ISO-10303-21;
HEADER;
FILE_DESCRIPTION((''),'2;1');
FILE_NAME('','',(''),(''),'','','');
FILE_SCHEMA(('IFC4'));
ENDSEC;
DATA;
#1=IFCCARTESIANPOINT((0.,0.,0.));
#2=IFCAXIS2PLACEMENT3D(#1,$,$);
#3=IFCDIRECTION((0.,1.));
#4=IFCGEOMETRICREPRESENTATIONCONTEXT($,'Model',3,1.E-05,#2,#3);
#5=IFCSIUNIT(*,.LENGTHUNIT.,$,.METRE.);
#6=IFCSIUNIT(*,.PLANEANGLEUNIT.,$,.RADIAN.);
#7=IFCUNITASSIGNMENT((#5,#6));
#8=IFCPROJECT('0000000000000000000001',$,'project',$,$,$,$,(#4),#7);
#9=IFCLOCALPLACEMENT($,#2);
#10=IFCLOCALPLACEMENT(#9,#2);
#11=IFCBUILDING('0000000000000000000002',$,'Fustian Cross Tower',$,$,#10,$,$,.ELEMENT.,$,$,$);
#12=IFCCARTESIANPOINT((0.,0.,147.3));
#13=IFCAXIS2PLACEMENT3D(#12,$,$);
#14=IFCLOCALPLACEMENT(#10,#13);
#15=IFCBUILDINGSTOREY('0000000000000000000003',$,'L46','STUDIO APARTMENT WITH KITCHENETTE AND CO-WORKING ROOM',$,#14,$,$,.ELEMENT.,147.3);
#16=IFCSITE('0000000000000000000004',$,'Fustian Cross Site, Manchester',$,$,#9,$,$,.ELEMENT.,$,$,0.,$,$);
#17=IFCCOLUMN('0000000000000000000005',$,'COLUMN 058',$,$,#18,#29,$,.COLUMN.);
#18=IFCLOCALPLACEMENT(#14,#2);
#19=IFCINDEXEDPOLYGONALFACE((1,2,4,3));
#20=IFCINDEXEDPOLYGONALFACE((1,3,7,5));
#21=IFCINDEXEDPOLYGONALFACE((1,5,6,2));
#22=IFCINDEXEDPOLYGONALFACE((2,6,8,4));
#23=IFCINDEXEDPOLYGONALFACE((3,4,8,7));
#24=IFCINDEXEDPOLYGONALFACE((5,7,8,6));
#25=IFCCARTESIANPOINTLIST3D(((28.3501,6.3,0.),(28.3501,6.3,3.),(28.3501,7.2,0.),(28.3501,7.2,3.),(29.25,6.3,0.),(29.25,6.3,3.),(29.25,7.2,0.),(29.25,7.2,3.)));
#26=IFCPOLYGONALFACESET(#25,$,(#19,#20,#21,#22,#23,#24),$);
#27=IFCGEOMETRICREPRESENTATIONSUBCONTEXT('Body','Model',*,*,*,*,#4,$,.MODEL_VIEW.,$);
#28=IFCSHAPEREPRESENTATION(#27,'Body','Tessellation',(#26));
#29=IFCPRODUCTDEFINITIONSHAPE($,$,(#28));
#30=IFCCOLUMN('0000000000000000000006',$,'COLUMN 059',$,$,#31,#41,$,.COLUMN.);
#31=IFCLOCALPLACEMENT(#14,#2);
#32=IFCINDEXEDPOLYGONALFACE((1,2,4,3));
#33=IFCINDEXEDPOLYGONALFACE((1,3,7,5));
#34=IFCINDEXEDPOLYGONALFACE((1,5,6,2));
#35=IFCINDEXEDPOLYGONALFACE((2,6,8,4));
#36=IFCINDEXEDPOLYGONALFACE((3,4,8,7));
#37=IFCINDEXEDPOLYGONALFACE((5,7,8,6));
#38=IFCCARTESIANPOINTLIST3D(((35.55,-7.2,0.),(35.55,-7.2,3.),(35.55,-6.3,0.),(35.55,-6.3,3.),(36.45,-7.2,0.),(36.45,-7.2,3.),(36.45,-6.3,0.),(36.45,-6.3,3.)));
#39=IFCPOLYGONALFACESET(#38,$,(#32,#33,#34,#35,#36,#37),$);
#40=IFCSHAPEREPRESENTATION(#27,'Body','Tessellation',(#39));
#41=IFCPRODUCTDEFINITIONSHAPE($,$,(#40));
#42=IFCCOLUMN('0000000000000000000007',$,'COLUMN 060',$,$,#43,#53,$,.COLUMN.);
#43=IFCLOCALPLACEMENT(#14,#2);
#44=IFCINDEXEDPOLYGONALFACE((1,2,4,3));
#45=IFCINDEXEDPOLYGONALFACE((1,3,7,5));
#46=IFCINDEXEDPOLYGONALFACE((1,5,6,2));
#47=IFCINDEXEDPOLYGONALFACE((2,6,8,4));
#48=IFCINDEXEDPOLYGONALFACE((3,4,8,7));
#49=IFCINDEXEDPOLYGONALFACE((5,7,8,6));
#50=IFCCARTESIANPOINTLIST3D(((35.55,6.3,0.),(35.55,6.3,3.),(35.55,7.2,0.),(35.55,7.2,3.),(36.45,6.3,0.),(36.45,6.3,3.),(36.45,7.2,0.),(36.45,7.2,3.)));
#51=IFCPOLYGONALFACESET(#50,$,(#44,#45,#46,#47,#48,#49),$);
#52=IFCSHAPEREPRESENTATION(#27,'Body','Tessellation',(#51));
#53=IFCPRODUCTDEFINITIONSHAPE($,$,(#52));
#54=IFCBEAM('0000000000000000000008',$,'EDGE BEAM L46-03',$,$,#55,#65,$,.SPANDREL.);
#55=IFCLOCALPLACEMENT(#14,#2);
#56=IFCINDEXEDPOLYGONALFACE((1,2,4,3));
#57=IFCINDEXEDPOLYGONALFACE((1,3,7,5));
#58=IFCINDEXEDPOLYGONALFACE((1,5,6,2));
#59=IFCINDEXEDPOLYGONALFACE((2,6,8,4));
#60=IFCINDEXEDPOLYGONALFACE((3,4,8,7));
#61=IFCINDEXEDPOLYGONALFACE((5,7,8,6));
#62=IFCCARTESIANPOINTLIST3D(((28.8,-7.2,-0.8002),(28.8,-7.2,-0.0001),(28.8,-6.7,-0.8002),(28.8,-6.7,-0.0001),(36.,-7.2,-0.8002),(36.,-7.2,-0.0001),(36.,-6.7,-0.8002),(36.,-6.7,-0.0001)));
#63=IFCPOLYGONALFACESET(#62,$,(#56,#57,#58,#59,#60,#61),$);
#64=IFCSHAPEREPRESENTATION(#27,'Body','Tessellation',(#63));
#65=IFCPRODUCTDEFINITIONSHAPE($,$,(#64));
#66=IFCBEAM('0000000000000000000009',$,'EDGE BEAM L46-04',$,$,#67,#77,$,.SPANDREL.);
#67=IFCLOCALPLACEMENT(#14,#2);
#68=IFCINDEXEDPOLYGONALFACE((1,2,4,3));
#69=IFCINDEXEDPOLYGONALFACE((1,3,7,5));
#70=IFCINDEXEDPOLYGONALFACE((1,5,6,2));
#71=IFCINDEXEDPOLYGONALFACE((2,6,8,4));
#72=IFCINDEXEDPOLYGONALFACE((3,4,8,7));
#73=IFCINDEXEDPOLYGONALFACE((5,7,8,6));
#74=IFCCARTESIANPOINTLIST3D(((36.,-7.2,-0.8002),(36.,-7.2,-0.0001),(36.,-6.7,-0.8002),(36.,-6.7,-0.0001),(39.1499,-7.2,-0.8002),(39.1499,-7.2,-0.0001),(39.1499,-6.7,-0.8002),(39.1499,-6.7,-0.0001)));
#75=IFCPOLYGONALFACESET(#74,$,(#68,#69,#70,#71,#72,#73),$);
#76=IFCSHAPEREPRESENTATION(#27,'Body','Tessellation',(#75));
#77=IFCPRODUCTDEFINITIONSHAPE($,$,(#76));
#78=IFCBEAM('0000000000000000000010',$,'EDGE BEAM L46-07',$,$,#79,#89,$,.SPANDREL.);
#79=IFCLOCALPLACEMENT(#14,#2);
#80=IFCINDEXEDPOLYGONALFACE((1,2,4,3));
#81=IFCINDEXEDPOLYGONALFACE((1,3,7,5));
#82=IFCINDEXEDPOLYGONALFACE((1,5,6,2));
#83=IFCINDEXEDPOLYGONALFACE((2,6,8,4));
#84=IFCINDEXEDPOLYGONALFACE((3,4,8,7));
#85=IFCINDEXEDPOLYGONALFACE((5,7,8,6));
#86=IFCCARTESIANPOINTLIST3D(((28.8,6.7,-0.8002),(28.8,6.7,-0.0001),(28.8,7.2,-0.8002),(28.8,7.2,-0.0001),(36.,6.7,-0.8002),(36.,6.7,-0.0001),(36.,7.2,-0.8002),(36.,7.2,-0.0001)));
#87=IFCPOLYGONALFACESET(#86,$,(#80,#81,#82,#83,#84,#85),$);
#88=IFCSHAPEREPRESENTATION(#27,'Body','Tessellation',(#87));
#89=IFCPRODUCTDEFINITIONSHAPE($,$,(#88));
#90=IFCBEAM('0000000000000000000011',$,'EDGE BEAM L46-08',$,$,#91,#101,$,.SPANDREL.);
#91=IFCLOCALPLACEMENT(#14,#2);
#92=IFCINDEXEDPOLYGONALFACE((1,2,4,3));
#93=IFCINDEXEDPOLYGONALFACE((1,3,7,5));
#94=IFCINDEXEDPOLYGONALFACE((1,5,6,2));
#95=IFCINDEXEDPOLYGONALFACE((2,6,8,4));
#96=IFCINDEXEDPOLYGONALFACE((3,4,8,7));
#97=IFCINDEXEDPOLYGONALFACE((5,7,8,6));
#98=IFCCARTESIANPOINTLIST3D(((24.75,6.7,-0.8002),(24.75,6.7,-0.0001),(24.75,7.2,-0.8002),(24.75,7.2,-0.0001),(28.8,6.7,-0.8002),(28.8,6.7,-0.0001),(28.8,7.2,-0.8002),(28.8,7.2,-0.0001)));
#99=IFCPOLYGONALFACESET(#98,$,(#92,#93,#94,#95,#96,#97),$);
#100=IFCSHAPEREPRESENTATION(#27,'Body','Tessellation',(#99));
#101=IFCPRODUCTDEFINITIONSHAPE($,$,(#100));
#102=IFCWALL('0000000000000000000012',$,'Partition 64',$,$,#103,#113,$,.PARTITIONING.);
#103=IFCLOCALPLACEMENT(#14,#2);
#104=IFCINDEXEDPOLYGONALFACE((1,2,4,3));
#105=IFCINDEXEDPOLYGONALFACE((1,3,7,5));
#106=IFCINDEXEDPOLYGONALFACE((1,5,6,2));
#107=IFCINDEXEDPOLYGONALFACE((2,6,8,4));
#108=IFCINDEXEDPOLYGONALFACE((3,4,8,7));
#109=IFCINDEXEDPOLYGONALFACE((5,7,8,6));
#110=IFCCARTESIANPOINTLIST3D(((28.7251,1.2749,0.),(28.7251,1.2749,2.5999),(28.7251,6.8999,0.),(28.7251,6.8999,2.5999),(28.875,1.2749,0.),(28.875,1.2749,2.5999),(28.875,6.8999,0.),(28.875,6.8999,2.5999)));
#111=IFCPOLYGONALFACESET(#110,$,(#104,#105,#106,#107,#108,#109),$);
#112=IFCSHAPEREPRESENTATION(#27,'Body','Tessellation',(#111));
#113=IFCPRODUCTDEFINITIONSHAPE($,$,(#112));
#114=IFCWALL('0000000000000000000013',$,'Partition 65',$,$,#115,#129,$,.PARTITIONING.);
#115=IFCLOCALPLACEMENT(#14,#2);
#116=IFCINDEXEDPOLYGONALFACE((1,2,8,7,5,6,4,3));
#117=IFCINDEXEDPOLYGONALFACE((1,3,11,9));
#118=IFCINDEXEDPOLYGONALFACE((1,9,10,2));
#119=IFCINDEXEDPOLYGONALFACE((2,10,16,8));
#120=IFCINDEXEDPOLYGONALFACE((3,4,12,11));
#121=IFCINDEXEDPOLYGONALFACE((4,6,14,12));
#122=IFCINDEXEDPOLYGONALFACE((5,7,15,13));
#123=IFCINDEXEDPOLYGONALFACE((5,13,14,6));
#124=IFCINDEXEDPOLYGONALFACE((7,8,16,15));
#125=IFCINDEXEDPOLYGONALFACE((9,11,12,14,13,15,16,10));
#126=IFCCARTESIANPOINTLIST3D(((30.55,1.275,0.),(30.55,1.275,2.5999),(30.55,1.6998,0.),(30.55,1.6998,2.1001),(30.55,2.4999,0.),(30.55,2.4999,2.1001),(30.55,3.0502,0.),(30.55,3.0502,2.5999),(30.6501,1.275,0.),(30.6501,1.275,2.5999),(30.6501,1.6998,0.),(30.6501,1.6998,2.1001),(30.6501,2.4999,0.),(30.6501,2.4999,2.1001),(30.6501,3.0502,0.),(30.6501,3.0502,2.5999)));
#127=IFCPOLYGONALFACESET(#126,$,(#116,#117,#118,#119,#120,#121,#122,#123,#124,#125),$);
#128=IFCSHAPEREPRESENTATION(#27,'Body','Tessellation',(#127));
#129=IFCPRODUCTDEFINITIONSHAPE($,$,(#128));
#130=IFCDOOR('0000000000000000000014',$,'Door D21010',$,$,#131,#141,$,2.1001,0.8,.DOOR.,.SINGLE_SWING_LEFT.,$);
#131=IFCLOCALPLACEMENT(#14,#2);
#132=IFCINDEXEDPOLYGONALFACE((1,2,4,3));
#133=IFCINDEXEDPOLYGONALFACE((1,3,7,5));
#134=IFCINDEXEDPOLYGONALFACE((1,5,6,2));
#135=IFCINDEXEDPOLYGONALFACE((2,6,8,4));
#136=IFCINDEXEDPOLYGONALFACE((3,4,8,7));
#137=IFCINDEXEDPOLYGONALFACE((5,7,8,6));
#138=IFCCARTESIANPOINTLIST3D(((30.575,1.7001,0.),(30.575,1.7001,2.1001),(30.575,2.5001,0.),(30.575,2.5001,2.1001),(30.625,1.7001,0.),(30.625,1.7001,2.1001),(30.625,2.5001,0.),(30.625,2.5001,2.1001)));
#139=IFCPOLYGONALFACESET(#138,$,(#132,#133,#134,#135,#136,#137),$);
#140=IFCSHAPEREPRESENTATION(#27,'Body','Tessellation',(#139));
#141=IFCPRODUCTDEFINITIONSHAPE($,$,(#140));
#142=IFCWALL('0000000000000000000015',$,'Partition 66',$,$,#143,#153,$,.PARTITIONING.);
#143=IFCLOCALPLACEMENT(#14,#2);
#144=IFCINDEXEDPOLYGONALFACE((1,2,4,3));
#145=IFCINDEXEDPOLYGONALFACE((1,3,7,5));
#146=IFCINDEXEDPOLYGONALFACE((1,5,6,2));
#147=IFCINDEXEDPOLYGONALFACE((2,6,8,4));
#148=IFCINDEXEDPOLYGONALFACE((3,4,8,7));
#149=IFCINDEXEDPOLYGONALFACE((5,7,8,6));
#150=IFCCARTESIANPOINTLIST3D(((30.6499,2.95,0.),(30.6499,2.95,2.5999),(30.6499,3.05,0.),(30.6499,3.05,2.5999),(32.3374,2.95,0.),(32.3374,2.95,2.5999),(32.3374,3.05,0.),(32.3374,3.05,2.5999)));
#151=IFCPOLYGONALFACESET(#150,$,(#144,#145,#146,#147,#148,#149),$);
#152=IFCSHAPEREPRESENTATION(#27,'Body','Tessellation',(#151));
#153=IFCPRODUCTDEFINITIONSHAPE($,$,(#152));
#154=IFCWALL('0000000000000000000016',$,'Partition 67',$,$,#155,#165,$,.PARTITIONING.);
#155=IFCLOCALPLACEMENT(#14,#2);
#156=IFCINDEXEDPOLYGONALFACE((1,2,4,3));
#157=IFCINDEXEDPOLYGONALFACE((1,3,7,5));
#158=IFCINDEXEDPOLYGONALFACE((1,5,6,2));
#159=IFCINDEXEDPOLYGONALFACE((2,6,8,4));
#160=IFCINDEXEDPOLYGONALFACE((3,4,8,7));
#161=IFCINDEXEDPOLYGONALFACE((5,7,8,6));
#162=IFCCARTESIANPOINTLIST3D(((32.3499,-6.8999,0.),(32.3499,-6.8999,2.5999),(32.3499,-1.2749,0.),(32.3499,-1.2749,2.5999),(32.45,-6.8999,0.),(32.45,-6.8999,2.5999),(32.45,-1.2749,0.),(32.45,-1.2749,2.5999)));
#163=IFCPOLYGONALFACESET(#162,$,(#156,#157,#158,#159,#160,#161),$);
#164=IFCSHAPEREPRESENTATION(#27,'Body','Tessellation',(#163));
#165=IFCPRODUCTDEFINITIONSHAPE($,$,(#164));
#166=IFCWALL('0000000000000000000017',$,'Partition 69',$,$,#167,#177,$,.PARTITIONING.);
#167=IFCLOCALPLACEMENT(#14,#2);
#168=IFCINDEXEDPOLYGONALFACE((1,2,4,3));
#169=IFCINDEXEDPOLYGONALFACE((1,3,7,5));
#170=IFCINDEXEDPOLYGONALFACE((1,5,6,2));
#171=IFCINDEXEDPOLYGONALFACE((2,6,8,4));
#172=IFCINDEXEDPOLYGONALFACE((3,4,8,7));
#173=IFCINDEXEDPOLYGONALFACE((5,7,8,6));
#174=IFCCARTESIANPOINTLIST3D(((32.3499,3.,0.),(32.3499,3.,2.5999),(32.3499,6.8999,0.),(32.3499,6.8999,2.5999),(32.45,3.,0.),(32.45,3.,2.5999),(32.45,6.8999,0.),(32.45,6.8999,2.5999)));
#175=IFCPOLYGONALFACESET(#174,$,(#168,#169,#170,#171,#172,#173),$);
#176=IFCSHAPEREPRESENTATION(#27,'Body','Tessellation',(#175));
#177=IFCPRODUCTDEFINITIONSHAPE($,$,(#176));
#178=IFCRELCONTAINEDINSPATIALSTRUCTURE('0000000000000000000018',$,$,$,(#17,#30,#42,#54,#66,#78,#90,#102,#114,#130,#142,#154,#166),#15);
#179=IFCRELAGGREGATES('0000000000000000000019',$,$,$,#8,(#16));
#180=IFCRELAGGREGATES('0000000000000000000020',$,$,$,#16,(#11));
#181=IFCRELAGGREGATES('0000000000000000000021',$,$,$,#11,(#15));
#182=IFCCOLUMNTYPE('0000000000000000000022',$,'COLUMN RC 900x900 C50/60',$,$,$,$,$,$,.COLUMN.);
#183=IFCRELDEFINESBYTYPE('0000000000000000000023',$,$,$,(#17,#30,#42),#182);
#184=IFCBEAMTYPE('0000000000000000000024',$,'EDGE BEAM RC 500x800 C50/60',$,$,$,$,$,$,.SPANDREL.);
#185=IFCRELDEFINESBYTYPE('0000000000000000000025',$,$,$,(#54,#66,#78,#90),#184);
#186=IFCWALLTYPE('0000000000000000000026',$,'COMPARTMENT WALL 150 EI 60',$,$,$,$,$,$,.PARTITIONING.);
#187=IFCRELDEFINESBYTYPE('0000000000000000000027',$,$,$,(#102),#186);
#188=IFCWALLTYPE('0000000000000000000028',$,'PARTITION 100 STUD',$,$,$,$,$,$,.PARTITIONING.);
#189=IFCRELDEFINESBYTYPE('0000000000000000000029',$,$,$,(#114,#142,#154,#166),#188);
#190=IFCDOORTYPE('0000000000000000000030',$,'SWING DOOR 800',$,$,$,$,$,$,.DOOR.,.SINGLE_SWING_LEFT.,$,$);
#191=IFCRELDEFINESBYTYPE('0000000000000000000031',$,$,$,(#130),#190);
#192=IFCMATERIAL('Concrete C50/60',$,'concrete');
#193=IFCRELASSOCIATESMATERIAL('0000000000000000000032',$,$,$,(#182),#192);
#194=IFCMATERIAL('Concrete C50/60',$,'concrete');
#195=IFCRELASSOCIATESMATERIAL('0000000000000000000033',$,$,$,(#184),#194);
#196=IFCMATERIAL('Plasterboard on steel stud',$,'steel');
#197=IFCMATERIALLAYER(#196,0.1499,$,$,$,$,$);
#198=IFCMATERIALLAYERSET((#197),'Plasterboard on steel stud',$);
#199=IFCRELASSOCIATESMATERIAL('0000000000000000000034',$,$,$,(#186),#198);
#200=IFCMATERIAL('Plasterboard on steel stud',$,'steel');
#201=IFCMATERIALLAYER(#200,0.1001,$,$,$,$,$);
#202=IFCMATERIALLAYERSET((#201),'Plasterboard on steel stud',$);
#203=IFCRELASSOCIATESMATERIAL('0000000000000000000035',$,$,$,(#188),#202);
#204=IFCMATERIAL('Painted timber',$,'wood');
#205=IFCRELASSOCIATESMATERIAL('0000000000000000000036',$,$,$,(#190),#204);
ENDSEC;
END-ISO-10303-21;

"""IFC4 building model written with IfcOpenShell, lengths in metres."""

from ifc_helpers import new_model, si_unit, direction, frame, frame_2d, origin, origin_2d, place, context, subcontext, project, spatial, rectangle, extrude, material, layer, layer_set, material_profile, profile_set, type_object, element, fill, save


model = new_model("IFC4")

# Units and contexts
model_context = context("Model", 3, precision=1e-05, world=origin(), true_north=direction((0.0, 1.0)))
body_context = subcontext(model_context, "Body", "Model", "MODEL_VIEW")
ifc_project = project(units=[si_unit("LENGTHUNIT", "METRE"), si_unit("PLANEANGLEUNIT", "RADIAN")], contexts=[model_context])

# Site, building, storey
site_placement = place(None, origin())
site = spatial("IfcSite", under=ifc_project, at=site_placement, Name="Fustian Cross Site, Manchester", CompositionType="ELEMENT", RefElevation=0.0)
building_placement = place(site_placement, origin())
building = spatial("IfcBuilding", under=site, at=building_placement, Name="Fustian Cross Tower", CompositionType="ELEMENT")
storey_placement = place(building_placement, frame((0.0, 0.0, 147.3)))
storey = spatial("IfcBuildingStorey", under=building, at=storey_placement, Name="L46", Description="STUDIO APARTMENT WITH KITCHENETTE AND CO-WORKING ROOM", CompositionType="ELEMENT", Elevation=147.3)

# Columns
ifc_material_1 = material(Name="Concrete C50/60", Category="concrete")
ifc_material_profile_1 = material_profile(ifc_material_1, rectangle(XDim=0.8999, YDim=0.8999, at=origin_2d()), Name="RC 900x900")
ifc_profile_set_1 = profile_set([ifc_material_profile_1], Name="Concrete C50/60")
column_type = type_object("IfcColumnType", Name="COLUMN RC 900x900 C50/60", PredefinedType="COLUMN", material=ifc_profile_set_1)
for number, where, z_axis, x_axis, name in (
    (1, (28.8, 6.75, 0.0), (0.0, 0.0, 1.0), (1.0, 0.0, 0.0), "COLUMN 058"),
    (2, (36.0, -6.75, 0.0), (0.0, 0.0, 1.0), (1.0, 0.0, 0.0), "COLUMN 059"),
    (3, (36.0, 6.75, 0.0), (0.0, 0.0, 1.0), (1.0, 0.0, 0.0), "COLUMN 060"),
):
    element("IfcColumn", number, at=place(storey_placement, frame(where, z_axis=z_axis, x_axis=x_axis)), inside=storey, type_object=column_type, Name=name, PredefinedType="COLUMN", context=body_context, shape_type="SweptSolid", body=[
        extrude(rectangle(XDim=0.8999, YDim=0.8999, at=origin_2d()), origin(), (0.0, 0.0, 1.0), 3.0),
    ])

# Beams
ifc_material_2 = material(Name="Concrete C50/60", Category="concrete")
ifc_material_profile_2 = material_profile(ifc_material_2, rectangle(XDim=0.5, YDim=0.8, at=origin_2d()), Name="RC 500x800")
ifc_profile_set_2 = profile_set([ifc_material_profile_2], Name="Concrete C50/60")
beam_type = type_object("IfcBeamType", Name="EDGE BEAM RC 500x800 C50/60", PredefinedType="SPANDREL", material=ifc_profile_set_2)
beam_1_placement = place(storey_placement, frame((28.8, -6.95, -0.4001), z_axis=(1.0, 0.0, 0.0), x_axis=(0.0, 1.0, 0.0)))
element("IfcBeam", 4, at=beam_1_placement, inside=storey, type_object=beam_type, Name="EDGE BEAM L46-03", PredefinedType="SPANDREL", context=body_context, shape_type="SweptSolid", body=[
    extrude(rectangle(XDim=0.5, YDim=0.8, at=origin_2d()), origin(), (0.0, 0.0, 1.0), 7.2),
])
beam_2_placement = place(storey_placement, frame((36.0, -6.95, -0.4001), z_axis=(1.0, 0.0, 0.0), x_axis=(0.0, 1.0, 0.0)))
element("IfcBeam", 5, at=beam_2_placement, inside=storey, type_object=beam_type, Name="EDGE BEAM L46-04", PredefinedType="SPANDREL", context=body_context, shape_type="SweptSolid", body=[
    extrude(rectangle(XDim=0.5, YDim=0.8, at=origin_2d()), origin(), (0.0, 0.0, 1.0), 3.1499),
])
beam_3_placement = place(storey_placement, frame((36.0, 6.95, -0.4001), z_axis=(-1.0, 0.0, 0.0), x_axis=(0.0, -1.0, 0.0)))
element("IfcBeam", 6, at=beam_3_placement, inside=storey, type_object=beam_type, Name="EDGE BEAM L46-07", PredefinedType="SPANDREL", context=body_context, shape_type="SweptSolid", body=[
    extrude(rectangle(XDim=0.5, YDim=0.8, at=origin_2d()), origin(), (0.0, 0.0, 1.0), 7.2),
])
beam_4_placement = place(storey_placement, frame((28.8, 6.95, -0.4001), z_axis=(-1.0, 0.0, 0.0), x_axis=(0.0, -1.0, 0.0)))
element("IfcBeam", 7, at=beam_4_placement, inside=storey, type_object=beam_type, Name="EDGE BEAM L46-08", PredefinedType="SPANDREL", context=body_context, shape_type="SweptSolid", body=[
    extrude(rectangle(XDim=0.5, YDim=0.8, at=origin_2d()), origin(), (0.0, 0.0, 1.0), 4.05),
])

# Wall
ifc_material_3 = material(Name="Plasterboard on steel stud", Category="steel")
ifc_layer_1 = layer(ifc_material_3, 0.1499)
ifc_layer_set_1 = layer_set([ifc_layer_1], Name="Plasterboard on steel stud")
wall_type_1 = type_object("IfcWallType", Name="COMPARTMENT WALL 150 EI 60", PredefinedType="PARTITIONING", material=ifc_layer_set_1)
wall_1_placement = place(storey_placement, frame((28.8, 1.2749, 0.0), z_axis=(0.0, 0.0, 1.0), x_axis=(0.0, 1.0, 0.0)))
element("IfcWall", 8, at=wall_1_placement, inside=storey, type_object=wall_type_1, Name="Partition 64", PredefinedType="PARTITIONING", context=body_context, shape_type="SweptSolid", body=[
    extrude(rectangle(XDim=5.625, YDim=0.1499, at=frame_2d((2.8125, 0.0))), origin(), (0.0, 0.0, 1.0), 2.5999),
])

# Wall, opening, door
ifc_material_4 = material(Name="Plasterboard on steel stud", Category="steel")
ifc_layer_2 = layer(ifc_material_4, 0.1001)
ifc_layer_set_2 = layer_set([ifc_layer_2], Name="Plasterboard on steel stud")
wall_type_2 = type_object("IfcWallType", Name="PARTITION 100 STUD", PredefinedType="PARTITIONING", material=ifc_layer_set_2)
wall_2_placement = place(storey_placement, frame((30.6001, 1.2749, 0.0), z_axis=(0.0, 0.0, 1.0), x_axis=(0.0, 1.0, 0.0)))
wall_2 = element("IfcWall", 9, at=wall_2_placement, inside=storey, type_object=wall_type_2, Name="Partition 65", PredefinedType="PARTITIONING", context=body_context, shape_type="SweptSolid", body=[
    extrude(rectangle(XDim=1.7751, YDim=0.1001, at=frame_2d((0.8877, 0.0))), origin(), (0.0, 0.0, 1.0), 2.5999),
])
opening_1_placement = place(wall_2_placement, frame((0.425, 0.0, 0.0)))
opening_1 = element("IfcOpeningElement", 10, at=opening_1_placement, cuts=wall_2, PredefinedType="OPENING", context=body_context, shape_type="SweptSolid", body=[
    extrude(rectangle(XDim=0.8, YDim=2.1001, at=frame_2d((0.3999, 1.05))), frame((0.0, 0.0601, 0.0), z_axis=(0.0, -1.0, 0.0), x_axis=(1.0, 0.0, 0.0)), (0.0, 0.0, 1.0), 0.1201),
])
ifc_material_5 = material(Name="Painted timber", Category="wood")
door_type_1 = type_object("IfcDoorType", Name="SWING DOOR 800", OperationType="SINGLE_SWING_LEFT", PredefinedType="DOOR", material=ifc_material_5)
door_1_placement = place(opening_1_placement, frame((0.8, 0.0, 0.0), z_axis=(0.0, 0.0, 1.0), x_axis=(-1.0, 0.0, 0.0)))
door_1 = element("IfcDoor", 11, at=door_1_placement, inside=storey, type_object=door_type_1, Name="Door D21010", OperationType="SINGLE_SWING_LEFT", OverallHeight=2.1001, OverallWidth=0.8, PredefinedType="DOOR", context=body_context, shape_type="SweptSolid", body=[
    extrude(rectangle(XDim=0.8, YDim=2.1001, at=frame_2d((0.3999, 1.05))), frame((0.0, 0.0249, 0.0), z_axis=(0.0, -1.0, 0.0), x_axis=(1.0, 0.0, 0.0)), (0.0, 0.0, 1.0), 0.05),
])
fill(opening_1, door_1)

# Walls
wall_3_placement = place(storey_placement, frame((30.6499, 3.0, 0.0), z_axis=(0.0, 0.0, 1.0), x_axis=(1.0, 0.0, 0.0)))
element("IfcWall", 12, at=wall_3_placement, inside=storey, type_object=wall_type_2, Name="Partition 66", PredefinedType="PARTITIONING", context=body_context, shape_type="SweptSolid", body=[
    extrude(rectangle(XDim=1.6875, YDim=0.1001, at=frame_2d((0.8438, 0.0))), origin(), (0.0, 0.0, 1.0), 2.5999),
])
wall_4_placement = place(storey_placement, frame((32.3999, -6.8999, 0.0), z_axis=(0.0, 0.0, 1.0), x_axis=(0.0, 1.0, 0.0)))
element("IfcWall", 13, at=wall_4_placement, inside=storey, type_object=wall_type_2, Name="Partition 67", PredefinedType="PARTITIONING", context=body_context, shape_type="SweptSolid", body=[
    extrude(rectangle(XDim=5.625, YDim=0.1001, at=frame_2d((2.8125, 0.0))), origin(), (0.0, 0.0, 1.0), 2.5999),
])
wall_5_placement = place(storey_placement, frame((32.3999, 3.0, 0.0), z_axis=(0.0, 0.0, 1.0), x_axis=(0.0, 1.0, 0.0)))
element("IfcWall", 14, at=wall_5_placement, inside=storey, type_object=wall_type_2, Name="Partition 69", PredefinedType="PARTITIONING", context=body_context, shape_type="SweptSolid", body=[
    extrude(rectangle(XDim=3.8999, YDim=0.1001, at=frame_2d((1.95, 0.0))), origin(), (0.0, 0.0, 1.0), 2.5999),
])

save(model, "model.ifc")
